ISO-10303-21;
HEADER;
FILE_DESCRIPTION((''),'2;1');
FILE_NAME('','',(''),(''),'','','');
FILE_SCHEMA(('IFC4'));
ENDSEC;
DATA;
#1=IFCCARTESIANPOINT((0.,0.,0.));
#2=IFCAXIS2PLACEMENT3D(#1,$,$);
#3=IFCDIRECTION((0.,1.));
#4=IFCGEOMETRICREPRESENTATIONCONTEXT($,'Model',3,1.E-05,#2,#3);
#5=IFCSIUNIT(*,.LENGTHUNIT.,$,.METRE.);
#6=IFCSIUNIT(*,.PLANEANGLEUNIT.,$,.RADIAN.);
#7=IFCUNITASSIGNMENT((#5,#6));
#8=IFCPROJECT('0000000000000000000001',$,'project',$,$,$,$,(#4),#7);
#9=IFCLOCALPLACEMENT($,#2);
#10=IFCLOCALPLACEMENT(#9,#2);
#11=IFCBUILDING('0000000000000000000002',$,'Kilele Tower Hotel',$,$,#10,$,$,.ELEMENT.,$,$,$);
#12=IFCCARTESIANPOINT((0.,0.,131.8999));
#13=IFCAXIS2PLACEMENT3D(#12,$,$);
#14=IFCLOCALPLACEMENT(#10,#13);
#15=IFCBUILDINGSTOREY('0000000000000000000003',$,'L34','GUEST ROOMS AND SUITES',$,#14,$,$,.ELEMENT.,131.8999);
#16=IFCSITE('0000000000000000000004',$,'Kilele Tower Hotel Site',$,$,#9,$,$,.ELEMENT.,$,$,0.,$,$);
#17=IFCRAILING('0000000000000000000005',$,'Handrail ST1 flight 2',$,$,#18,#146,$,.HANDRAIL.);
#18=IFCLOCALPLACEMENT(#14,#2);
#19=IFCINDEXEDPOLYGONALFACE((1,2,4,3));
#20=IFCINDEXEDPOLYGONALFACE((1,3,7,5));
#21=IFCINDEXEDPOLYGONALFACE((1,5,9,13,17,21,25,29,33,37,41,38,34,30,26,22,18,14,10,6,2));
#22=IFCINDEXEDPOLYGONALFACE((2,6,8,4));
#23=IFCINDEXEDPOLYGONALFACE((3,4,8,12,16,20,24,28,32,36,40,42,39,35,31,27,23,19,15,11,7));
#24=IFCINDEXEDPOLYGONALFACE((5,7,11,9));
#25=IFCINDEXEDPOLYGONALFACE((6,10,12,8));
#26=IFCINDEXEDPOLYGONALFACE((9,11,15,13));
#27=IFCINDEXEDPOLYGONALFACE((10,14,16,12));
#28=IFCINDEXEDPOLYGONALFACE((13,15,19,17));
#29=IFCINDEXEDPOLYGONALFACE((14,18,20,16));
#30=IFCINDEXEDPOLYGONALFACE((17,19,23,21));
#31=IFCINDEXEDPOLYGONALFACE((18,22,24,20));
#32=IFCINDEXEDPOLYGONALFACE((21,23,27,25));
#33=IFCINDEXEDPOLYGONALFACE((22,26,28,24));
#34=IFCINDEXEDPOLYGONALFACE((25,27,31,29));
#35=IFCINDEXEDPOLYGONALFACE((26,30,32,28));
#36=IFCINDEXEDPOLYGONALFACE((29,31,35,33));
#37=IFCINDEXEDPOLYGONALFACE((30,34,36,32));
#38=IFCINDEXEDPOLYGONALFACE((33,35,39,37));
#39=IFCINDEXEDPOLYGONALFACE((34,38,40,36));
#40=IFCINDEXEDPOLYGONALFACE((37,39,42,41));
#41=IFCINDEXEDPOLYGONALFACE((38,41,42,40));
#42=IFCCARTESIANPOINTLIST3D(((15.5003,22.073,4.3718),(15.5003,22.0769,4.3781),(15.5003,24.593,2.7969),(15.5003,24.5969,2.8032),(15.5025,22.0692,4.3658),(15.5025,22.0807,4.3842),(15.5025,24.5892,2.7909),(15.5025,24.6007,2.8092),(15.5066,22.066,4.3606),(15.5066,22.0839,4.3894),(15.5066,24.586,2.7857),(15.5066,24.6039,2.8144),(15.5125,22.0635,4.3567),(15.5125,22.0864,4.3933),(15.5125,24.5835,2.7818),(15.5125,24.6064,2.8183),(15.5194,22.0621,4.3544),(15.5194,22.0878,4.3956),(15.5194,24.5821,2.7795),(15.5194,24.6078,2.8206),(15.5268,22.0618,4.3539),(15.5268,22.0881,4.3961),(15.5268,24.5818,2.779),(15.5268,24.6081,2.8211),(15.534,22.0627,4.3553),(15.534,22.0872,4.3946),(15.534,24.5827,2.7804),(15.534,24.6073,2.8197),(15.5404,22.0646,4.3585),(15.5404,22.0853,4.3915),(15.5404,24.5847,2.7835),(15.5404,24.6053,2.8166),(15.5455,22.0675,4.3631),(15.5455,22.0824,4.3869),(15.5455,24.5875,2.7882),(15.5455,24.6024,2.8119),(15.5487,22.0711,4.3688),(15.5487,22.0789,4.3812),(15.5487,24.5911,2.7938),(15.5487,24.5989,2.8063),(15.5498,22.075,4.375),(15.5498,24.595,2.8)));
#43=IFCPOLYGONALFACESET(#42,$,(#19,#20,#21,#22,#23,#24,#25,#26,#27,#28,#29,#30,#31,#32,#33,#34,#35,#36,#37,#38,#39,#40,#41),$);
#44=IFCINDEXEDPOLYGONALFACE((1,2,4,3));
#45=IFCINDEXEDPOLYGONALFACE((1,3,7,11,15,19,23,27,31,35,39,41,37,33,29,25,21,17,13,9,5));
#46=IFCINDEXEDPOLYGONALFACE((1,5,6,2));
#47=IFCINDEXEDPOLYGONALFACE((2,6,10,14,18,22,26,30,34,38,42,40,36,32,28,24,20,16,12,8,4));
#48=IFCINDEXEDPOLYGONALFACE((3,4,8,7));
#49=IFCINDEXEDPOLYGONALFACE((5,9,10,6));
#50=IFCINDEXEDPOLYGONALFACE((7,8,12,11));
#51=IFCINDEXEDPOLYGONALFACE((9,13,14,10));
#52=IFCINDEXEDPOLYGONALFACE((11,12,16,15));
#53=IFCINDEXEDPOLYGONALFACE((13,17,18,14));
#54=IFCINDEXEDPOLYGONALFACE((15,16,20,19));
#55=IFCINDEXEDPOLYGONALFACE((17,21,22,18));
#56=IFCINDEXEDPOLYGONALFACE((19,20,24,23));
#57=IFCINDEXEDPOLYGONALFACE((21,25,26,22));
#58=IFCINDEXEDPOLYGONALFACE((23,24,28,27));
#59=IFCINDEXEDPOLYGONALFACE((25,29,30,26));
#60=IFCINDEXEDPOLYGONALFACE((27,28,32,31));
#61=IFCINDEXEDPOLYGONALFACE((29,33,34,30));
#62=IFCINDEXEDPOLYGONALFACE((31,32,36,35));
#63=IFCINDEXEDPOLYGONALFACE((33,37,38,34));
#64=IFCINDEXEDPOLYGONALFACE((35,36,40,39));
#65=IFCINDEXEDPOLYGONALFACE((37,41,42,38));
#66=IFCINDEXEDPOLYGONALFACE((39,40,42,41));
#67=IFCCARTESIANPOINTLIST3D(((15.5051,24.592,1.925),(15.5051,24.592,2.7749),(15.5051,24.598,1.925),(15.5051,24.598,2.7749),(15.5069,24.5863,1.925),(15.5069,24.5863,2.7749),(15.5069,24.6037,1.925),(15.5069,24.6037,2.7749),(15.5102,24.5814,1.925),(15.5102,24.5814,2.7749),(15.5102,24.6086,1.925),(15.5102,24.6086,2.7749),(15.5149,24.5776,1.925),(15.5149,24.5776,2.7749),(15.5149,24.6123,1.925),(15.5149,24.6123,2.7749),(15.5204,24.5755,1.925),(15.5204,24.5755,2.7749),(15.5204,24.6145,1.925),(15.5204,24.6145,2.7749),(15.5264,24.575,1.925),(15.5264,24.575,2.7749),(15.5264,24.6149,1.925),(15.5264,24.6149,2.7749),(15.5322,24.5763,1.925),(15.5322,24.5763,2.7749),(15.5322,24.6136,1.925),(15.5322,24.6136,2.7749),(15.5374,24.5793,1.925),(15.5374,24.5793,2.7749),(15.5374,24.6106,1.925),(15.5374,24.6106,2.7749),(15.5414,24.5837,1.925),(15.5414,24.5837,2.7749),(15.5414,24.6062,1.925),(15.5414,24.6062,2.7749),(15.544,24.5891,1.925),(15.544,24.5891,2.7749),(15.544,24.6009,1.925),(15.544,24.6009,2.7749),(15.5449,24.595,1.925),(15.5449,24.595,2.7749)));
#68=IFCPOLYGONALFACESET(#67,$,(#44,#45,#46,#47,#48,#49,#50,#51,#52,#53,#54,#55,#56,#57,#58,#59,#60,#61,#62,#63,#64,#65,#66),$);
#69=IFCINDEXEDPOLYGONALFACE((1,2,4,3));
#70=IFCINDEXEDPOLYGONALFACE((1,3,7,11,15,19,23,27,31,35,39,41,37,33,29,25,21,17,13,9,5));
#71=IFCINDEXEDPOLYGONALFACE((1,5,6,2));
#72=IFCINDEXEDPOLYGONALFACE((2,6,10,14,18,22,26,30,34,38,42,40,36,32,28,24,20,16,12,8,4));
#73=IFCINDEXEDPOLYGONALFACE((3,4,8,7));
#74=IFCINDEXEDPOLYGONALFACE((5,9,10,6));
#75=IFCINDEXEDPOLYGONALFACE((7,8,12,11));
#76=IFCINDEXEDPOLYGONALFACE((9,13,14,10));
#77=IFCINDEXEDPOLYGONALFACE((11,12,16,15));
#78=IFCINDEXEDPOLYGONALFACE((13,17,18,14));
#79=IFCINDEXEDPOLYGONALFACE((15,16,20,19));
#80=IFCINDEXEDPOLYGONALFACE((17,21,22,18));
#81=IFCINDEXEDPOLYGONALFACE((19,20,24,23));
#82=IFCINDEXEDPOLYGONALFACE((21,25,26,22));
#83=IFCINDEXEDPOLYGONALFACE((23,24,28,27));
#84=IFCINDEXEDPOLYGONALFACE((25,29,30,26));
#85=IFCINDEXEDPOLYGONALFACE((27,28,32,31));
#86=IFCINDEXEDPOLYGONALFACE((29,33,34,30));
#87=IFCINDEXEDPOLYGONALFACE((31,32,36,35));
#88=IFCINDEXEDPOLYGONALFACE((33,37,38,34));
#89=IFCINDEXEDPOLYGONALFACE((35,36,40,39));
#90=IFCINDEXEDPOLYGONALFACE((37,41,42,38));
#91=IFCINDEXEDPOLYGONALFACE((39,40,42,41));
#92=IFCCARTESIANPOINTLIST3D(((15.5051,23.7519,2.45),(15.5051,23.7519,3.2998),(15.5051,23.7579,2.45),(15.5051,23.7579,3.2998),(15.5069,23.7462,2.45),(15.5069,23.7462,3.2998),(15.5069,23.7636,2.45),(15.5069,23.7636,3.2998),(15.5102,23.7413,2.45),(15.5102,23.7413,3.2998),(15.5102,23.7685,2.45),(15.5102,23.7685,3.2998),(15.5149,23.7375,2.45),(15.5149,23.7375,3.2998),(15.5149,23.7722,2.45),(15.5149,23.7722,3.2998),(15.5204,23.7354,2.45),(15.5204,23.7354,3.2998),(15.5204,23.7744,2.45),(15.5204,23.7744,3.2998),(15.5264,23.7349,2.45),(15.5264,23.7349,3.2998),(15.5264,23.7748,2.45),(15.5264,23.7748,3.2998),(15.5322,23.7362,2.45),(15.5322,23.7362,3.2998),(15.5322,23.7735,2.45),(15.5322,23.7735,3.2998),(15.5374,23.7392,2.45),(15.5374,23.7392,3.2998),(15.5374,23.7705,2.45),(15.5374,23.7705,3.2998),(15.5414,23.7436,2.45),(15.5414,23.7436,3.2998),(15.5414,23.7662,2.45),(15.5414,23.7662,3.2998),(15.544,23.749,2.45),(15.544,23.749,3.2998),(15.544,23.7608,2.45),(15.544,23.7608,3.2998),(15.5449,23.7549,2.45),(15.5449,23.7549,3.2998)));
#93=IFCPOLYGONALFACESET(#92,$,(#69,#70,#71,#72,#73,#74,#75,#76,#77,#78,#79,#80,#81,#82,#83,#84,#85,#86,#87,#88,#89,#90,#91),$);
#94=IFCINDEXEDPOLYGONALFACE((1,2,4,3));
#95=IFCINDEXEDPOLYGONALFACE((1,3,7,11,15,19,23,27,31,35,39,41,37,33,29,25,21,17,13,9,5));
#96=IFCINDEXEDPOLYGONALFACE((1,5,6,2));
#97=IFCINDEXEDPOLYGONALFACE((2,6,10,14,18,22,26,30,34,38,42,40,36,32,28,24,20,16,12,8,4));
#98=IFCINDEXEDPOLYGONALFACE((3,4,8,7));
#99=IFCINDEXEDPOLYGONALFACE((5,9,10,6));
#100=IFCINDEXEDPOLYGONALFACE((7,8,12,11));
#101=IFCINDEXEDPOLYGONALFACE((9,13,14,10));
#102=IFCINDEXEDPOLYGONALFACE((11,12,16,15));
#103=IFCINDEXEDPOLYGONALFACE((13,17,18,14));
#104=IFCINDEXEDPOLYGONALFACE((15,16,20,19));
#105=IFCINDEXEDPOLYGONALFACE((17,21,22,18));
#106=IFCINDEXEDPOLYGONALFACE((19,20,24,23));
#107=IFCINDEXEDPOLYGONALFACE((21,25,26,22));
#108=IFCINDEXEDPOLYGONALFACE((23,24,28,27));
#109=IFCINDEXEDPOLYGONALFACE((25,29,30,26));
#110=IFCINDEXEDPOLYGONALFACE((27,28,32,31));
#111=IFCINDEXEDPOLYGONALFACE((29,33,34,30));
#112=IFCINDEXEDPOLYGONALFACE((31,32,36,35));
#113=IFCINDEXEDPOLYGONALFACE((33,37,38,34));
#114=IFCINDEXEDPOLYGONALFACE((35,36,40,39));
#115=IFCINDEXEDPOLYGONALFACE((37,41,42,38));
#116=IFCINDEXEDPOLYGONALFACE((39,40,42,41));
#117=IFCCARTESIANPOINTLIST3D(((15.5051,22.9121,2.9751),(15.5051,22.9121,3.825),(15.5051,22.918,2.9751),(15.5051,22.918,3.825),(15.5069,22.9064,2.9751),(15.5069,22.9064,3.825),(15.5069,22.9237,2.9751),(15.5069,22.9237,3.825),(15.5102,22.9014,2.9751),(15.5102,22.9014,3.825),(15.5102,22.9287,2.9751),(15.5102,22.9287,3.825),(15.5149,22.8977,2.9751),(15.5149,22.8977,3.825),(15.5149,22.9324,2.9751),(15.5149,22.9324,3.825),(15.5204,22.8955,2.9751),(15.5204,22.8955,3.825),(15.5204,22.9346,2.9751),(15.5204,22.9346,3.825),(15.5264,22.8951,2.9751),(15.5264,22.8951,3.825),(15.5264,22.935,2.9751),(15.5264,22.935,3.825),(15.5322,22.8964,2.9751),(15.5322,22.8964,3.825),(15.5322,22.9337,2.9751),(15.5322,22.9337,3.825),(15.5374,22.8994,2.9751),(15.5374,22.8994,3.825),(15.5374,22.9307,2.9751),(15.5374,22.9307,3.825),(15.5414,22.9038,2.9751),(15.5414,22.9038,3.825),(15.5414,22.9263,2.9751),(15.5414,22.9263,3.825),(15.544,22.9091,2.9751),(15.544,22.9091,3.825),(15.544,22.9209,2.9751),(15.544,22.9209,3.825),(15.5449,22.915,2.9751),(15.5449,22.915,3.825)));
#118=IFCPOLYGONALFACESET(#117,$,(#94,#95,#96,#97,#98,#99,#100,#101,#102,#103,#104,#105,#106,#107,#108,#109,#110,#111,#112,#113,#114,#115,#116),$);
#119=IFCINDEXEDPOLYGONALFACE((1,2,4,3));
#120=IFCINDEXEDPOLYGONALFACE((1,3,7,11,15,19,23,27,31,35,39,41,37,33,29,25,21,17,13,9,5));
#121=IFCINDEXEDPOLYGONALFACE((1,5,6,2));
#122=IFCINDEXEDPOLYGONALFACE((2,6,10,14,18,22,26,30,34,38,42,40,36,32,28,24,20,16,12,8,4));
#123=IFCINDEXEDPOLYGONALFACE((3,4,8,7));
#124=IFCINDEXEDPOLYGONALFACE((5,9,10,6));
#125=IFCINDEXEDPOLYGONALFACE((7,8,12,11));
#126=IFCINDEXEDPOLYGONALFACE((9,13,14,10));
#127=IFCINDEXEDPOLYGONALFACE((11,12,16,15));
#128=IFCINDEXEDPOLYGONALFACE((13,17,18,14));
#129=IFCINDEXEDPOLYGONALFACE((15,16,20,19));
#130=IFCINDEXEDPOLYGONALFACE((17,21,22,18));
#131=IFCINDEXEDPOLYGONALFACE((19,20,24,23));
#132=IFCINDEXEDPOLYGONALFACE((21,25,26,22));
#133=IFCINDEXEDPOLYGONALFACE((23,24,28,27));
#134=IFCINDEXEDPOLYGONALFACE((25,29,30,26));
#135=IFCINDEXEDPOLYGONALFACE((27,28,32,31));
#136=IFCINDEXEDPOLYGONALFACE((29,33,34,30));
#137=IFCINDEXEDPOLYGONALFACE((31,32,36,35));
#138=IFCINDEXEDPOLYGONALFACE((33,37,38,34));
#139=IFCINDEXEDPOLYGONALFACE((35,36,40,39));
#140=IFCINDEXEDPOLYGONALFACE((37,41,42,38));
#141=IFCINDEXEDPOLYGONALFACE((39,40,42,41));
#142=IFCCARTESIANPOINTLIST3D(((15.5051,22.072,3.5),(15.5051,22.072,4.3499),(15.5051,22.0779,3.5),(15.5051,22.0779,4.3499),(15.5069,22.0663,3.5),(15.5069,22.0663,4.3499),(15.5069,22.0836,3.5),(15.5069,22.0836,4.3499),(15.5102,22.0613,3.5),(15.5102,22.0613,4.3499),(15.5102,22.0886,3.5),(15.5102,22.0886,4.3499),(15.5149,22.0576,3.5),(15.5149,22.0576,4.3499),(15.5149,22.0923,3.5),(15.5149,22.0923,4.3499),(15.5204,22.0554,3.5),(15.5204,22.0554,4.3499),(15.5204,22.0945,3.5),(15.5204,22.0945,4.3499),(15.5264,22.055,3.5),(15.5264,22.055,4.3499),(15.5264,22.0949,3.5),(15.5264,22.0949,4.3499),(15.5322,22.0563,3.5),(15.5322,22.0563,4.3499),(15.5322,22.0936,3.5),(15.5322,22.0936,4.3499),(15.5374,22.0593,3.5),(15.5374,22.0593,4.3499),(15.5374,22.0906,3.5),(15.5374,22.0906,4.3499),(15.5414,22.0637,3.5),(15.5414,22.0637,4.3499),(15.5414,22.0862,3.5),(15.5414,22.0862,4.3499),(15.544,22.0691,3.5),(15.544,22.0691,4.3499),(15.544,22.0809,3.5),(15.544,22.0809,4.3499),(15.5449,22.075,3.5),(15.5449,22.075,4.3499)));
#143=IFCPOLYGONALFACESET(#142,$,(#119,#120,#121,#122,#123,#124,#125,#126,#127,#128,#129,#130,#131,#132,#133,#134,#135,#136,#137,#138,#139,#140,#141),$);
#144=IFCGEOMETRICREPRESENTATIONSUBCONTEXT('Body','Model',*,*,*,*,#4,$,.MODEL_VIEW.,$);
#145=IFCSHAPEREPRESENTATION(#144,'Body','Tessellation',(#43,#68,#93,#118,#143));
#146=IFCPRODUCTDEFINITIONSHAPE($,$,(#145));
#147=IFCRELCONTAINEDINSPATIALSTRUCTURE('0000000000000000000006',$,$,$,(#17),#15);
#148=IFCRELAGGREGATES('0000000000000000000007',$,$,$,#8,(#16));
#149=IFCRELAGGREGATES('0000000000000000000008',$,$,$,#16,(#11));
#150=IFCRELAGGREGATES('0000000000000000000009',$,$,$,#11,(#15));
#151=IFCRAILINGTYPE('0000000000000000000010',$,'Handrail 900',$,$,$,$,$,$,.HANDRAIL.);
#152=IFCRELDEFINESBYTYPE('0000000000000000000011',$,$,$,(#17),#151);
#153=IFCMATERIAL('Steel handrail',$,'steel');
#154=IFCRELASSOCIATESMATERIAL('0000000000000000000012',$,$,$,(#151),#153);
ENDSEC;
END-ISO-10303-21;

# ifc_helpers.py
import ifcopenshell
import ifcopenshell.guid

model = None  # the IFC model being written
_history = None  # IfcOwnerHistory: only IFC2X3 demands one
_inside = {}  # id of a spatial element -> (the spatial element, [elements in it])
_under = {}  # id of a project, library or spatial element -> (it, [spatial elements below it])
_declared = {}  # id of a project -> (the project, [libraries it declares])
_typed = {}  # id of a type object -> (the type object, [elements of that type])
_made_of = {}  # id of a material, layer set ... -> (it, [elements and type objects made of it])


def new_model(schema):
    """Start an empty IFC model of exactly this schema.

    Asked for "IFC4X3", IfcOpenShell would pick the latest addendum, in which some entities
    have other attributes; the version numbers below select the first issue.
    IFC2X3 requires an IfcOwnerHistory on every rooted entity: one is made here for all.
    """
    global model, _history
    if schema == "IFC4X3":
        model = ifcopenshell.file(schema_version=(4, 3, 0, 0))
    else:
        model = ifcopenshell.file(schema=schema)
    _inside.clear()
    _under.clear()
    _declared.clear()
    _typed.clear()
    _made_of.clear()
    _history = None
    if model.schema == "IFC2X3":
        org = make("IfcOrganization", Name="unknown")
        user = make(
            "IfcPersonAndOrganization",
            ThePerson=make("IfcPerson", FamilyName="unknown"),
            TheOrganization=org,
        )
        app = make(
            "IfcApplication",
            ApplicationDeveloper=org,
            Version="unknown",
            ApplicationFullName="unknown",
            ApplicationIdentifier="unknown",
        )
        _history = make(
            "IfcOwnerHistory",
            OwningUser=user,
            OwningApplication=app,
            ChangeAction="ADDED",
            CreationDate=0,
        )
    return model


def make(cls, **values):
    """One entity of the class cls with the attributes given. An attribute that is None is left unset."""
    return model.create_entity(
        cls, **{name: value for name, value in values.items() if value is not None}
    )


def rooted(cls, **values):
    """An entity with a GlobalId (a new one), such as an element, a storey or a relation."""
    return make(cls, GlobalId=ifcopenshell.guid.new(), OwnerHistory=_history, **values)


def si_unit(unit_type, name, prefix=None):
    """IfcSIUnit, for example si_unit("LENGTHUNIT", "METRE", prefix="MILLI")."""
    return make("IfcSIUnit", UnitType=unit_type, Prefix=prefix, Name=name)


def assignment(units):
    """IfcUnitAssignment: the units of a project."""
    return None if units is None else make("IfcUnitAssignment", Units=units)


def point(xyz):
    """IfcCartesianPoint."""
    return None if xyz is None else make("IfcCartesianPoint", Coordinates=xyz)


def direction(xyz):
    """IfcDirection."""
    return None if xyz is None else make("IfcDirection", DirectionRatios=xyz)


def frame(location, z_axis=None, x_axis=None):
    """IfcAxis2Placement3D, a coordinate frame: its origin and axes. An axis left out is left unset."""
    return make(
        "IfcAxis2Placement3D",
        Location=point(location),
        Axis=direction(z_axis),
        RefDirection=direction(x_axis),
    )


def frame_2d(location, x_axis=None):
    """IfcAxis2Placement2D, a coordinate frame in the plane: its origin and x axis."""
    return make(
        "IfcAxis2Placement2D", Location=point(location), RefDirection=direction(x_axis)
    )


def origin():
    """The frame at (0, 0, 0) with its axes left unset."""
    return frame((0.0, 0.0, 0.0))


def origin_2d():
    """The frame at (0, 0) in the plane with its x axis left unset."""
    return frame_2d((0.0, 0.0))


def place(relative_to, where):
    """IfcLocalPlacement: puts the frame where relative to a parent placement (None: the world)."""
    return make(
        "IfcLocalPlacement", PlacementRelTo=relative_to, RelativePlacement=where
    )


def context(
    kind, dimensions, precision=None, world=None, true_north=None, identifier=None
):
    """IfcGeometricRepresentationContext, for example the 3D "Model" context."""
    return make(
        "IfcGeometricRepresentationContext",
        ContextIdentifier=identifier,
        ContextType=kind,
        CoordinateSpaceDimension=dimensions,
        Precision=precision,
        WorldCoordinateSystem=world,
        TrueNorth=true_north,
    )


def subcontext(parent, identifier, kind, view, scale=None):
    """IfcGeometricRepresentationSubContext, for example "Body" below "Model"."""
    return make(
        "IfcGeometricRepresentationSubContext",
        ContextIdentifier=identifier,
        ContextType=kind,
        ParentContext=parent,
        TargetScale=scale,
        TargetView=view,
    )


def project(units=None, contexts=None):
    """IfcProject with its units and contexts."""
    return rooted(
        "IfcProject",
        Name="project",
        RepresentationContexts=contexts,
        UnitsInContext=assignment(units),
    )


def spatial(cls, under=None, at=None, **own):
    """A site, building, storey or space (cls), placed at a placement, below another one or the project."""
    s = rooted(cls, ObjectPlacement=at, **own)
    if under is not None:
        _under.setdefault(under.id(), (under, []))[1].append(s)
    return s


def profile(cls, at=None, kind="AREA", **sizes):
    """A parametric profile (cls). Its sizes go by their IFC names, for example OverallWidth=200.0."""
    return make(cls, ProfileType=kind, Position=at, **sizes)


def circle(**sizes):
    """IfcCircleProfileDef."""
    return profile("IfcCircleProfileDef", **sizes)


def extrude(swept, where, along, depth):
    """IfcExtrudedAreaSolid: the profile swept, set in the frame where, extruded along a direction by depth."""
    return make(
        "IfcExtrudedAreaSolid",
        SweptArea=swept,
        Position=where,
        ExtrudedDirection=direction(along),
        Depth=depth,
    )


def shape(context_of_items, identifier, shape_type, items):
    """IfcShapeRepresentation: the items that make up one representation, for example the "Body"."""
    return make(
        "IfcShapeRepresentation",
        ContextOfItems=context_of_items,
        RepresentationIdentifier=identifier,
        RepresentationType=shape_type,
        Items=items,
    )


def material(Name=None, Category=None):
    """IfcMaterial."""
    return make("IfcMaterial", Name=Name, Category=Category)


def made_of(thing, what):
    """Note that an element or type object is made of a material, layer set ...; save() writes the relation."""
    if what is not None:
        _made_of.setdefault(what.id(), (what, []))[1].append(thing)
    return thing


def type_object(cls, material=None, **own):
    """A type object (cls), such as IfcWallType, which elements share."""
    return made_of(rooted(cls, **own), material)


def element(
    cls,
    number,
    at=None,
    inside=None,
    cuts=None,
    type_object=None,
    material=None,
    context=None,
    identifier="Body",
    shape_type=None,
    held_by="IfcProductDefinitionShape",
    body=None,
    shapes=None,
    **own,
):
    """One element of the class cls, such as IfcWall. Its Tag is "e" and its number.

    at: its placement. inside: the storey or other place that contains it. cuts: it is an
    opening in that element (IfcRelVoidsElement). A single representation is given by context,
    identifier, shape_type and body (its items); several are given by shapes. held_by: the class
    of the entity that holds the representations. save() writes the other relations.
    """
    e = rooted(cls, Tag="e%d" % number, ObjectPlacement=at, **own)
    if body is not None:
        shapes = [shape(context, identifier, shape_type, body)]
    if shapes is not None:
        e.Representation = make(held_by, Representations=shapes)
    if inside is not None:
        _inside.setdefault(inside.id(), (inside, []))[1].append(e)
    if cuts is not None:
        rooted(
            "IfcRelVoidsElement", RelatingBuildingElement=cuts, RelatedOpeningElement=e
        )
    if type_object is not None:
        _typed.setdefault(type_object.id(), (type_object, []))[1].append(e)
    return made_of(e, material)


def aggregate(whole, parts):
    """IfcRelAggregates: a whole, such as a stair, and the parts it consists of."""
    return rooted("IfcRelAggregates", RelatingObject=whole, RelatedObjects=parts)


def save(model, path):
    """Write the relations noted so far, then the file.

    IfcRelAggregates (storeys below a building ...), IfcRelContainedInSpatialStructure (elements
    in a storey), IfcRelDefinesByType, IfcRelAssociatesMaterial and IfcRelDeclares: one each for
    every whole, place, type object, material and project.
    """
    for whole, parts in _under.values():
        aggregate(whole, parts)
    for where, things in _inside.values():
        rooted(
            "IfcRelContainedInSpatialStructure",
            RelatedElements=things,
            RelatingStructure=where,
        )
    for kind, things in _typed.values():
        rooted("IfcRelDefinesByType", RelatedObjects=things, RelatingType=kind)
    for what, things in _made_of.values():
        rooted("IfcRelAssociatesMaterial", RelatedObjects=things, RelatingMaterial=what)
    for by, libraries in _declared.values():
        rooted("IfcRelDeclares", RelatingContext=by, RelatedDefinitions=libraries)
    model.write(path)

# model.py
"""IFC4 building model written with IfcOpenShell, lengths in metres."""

from ifc_helpers import new_model, si_unit, direction, frame, origin, origin_2d, place, context, subcontext, project, spatial, circle, extrude, material, type_object, element, save


model = new_model("IFC4")

# Units and contexts
model_context = context("Model", 3, precision=1e-05, world=origin(), true_north=direction((0.0, 1.0)))
body_context = subcontext(model_context, "Body", "Model", "MODEL_VIEW")
ifc_project = project(units=[si_unit("LENGTHUNIT", "METRE"), si_unit("PLANEANGLEUNIT", "RADIAN")], contexts=[model_context])

# Site, building, storey
site_placement = place(None, origin())
site = spatial("IfcSite", under=ifc_project, at=site_placement, Name="Kilele Tower Hotel Site", CompositionType="ELEMENT", RefElevation=0.0)
building_placement = place(site_placement, origin())
building = spatial("IfcBuilding", under=site, at=building_placement, Name="Kilele Tower Hotel", CompositionType="ELEMENT")
storey_placement = place(building_placement, frame((0.0, 0.0, 131.8999)))
storey = spatial("IfcBuildingStorey", under=building, at=storey_placement, Name="L34", Description="GUEST ROOMS AND SUITES", CompositionType="ELEMENT", Elevation=131.8999)

# Railing
ifc_material_1 = material(Name="Steel handrail", Category="steel")
railing_type_1 = type_object("IfcRailingType", Name="Handrail 900", PredefinedType="HANDRAIL", material=ifc_material_1)
for number, where, name in (
    (1, (15.5249, 24.595, 1.925), "Handrail ST1 flight 2"),
):
    element("IfcRailing", number, at=place(storey_placement, frame(where)), inside=storey, type_object=railing_type_1, Name=name, PredefinedType="HANDRAIL", context=body_context, shape_type="SweptSolid", body=[
        extrude(circle(Radius=0.0249, at=origin_2d()), frame((0.0, 0.0, 0.875), z_axis=(0.0, -0.848008, 0.529984), x_axis=(1.0, 0.0, 0.0)), (0.0, 0.0, 1.0), 2.9717),
        extrude(circle(Radius=0.02, at=origin_2d()), origin(), (0.0, 0.0, 1.0), 0.8499),
        extrude(circle(Radius=0.02, at=origin_2d()), frame((0.0, -0.8401, 0.5249)), (0.0, 0.0, 1.0), 0.8499),
        extrude(circle(Radius=0.02, at=origin_2d()), frame((0.0, -1.6799, 1.05)), (0.0, 0.0, 1.0), 0.8499),
        extrude(circle(Radius=0.02, at=origin_2d()), frame((0.0, -2.52, 1.575)), (0.0, 0.0, 1.0), 0.8499),
    ])

save(model, "model.ifc")
